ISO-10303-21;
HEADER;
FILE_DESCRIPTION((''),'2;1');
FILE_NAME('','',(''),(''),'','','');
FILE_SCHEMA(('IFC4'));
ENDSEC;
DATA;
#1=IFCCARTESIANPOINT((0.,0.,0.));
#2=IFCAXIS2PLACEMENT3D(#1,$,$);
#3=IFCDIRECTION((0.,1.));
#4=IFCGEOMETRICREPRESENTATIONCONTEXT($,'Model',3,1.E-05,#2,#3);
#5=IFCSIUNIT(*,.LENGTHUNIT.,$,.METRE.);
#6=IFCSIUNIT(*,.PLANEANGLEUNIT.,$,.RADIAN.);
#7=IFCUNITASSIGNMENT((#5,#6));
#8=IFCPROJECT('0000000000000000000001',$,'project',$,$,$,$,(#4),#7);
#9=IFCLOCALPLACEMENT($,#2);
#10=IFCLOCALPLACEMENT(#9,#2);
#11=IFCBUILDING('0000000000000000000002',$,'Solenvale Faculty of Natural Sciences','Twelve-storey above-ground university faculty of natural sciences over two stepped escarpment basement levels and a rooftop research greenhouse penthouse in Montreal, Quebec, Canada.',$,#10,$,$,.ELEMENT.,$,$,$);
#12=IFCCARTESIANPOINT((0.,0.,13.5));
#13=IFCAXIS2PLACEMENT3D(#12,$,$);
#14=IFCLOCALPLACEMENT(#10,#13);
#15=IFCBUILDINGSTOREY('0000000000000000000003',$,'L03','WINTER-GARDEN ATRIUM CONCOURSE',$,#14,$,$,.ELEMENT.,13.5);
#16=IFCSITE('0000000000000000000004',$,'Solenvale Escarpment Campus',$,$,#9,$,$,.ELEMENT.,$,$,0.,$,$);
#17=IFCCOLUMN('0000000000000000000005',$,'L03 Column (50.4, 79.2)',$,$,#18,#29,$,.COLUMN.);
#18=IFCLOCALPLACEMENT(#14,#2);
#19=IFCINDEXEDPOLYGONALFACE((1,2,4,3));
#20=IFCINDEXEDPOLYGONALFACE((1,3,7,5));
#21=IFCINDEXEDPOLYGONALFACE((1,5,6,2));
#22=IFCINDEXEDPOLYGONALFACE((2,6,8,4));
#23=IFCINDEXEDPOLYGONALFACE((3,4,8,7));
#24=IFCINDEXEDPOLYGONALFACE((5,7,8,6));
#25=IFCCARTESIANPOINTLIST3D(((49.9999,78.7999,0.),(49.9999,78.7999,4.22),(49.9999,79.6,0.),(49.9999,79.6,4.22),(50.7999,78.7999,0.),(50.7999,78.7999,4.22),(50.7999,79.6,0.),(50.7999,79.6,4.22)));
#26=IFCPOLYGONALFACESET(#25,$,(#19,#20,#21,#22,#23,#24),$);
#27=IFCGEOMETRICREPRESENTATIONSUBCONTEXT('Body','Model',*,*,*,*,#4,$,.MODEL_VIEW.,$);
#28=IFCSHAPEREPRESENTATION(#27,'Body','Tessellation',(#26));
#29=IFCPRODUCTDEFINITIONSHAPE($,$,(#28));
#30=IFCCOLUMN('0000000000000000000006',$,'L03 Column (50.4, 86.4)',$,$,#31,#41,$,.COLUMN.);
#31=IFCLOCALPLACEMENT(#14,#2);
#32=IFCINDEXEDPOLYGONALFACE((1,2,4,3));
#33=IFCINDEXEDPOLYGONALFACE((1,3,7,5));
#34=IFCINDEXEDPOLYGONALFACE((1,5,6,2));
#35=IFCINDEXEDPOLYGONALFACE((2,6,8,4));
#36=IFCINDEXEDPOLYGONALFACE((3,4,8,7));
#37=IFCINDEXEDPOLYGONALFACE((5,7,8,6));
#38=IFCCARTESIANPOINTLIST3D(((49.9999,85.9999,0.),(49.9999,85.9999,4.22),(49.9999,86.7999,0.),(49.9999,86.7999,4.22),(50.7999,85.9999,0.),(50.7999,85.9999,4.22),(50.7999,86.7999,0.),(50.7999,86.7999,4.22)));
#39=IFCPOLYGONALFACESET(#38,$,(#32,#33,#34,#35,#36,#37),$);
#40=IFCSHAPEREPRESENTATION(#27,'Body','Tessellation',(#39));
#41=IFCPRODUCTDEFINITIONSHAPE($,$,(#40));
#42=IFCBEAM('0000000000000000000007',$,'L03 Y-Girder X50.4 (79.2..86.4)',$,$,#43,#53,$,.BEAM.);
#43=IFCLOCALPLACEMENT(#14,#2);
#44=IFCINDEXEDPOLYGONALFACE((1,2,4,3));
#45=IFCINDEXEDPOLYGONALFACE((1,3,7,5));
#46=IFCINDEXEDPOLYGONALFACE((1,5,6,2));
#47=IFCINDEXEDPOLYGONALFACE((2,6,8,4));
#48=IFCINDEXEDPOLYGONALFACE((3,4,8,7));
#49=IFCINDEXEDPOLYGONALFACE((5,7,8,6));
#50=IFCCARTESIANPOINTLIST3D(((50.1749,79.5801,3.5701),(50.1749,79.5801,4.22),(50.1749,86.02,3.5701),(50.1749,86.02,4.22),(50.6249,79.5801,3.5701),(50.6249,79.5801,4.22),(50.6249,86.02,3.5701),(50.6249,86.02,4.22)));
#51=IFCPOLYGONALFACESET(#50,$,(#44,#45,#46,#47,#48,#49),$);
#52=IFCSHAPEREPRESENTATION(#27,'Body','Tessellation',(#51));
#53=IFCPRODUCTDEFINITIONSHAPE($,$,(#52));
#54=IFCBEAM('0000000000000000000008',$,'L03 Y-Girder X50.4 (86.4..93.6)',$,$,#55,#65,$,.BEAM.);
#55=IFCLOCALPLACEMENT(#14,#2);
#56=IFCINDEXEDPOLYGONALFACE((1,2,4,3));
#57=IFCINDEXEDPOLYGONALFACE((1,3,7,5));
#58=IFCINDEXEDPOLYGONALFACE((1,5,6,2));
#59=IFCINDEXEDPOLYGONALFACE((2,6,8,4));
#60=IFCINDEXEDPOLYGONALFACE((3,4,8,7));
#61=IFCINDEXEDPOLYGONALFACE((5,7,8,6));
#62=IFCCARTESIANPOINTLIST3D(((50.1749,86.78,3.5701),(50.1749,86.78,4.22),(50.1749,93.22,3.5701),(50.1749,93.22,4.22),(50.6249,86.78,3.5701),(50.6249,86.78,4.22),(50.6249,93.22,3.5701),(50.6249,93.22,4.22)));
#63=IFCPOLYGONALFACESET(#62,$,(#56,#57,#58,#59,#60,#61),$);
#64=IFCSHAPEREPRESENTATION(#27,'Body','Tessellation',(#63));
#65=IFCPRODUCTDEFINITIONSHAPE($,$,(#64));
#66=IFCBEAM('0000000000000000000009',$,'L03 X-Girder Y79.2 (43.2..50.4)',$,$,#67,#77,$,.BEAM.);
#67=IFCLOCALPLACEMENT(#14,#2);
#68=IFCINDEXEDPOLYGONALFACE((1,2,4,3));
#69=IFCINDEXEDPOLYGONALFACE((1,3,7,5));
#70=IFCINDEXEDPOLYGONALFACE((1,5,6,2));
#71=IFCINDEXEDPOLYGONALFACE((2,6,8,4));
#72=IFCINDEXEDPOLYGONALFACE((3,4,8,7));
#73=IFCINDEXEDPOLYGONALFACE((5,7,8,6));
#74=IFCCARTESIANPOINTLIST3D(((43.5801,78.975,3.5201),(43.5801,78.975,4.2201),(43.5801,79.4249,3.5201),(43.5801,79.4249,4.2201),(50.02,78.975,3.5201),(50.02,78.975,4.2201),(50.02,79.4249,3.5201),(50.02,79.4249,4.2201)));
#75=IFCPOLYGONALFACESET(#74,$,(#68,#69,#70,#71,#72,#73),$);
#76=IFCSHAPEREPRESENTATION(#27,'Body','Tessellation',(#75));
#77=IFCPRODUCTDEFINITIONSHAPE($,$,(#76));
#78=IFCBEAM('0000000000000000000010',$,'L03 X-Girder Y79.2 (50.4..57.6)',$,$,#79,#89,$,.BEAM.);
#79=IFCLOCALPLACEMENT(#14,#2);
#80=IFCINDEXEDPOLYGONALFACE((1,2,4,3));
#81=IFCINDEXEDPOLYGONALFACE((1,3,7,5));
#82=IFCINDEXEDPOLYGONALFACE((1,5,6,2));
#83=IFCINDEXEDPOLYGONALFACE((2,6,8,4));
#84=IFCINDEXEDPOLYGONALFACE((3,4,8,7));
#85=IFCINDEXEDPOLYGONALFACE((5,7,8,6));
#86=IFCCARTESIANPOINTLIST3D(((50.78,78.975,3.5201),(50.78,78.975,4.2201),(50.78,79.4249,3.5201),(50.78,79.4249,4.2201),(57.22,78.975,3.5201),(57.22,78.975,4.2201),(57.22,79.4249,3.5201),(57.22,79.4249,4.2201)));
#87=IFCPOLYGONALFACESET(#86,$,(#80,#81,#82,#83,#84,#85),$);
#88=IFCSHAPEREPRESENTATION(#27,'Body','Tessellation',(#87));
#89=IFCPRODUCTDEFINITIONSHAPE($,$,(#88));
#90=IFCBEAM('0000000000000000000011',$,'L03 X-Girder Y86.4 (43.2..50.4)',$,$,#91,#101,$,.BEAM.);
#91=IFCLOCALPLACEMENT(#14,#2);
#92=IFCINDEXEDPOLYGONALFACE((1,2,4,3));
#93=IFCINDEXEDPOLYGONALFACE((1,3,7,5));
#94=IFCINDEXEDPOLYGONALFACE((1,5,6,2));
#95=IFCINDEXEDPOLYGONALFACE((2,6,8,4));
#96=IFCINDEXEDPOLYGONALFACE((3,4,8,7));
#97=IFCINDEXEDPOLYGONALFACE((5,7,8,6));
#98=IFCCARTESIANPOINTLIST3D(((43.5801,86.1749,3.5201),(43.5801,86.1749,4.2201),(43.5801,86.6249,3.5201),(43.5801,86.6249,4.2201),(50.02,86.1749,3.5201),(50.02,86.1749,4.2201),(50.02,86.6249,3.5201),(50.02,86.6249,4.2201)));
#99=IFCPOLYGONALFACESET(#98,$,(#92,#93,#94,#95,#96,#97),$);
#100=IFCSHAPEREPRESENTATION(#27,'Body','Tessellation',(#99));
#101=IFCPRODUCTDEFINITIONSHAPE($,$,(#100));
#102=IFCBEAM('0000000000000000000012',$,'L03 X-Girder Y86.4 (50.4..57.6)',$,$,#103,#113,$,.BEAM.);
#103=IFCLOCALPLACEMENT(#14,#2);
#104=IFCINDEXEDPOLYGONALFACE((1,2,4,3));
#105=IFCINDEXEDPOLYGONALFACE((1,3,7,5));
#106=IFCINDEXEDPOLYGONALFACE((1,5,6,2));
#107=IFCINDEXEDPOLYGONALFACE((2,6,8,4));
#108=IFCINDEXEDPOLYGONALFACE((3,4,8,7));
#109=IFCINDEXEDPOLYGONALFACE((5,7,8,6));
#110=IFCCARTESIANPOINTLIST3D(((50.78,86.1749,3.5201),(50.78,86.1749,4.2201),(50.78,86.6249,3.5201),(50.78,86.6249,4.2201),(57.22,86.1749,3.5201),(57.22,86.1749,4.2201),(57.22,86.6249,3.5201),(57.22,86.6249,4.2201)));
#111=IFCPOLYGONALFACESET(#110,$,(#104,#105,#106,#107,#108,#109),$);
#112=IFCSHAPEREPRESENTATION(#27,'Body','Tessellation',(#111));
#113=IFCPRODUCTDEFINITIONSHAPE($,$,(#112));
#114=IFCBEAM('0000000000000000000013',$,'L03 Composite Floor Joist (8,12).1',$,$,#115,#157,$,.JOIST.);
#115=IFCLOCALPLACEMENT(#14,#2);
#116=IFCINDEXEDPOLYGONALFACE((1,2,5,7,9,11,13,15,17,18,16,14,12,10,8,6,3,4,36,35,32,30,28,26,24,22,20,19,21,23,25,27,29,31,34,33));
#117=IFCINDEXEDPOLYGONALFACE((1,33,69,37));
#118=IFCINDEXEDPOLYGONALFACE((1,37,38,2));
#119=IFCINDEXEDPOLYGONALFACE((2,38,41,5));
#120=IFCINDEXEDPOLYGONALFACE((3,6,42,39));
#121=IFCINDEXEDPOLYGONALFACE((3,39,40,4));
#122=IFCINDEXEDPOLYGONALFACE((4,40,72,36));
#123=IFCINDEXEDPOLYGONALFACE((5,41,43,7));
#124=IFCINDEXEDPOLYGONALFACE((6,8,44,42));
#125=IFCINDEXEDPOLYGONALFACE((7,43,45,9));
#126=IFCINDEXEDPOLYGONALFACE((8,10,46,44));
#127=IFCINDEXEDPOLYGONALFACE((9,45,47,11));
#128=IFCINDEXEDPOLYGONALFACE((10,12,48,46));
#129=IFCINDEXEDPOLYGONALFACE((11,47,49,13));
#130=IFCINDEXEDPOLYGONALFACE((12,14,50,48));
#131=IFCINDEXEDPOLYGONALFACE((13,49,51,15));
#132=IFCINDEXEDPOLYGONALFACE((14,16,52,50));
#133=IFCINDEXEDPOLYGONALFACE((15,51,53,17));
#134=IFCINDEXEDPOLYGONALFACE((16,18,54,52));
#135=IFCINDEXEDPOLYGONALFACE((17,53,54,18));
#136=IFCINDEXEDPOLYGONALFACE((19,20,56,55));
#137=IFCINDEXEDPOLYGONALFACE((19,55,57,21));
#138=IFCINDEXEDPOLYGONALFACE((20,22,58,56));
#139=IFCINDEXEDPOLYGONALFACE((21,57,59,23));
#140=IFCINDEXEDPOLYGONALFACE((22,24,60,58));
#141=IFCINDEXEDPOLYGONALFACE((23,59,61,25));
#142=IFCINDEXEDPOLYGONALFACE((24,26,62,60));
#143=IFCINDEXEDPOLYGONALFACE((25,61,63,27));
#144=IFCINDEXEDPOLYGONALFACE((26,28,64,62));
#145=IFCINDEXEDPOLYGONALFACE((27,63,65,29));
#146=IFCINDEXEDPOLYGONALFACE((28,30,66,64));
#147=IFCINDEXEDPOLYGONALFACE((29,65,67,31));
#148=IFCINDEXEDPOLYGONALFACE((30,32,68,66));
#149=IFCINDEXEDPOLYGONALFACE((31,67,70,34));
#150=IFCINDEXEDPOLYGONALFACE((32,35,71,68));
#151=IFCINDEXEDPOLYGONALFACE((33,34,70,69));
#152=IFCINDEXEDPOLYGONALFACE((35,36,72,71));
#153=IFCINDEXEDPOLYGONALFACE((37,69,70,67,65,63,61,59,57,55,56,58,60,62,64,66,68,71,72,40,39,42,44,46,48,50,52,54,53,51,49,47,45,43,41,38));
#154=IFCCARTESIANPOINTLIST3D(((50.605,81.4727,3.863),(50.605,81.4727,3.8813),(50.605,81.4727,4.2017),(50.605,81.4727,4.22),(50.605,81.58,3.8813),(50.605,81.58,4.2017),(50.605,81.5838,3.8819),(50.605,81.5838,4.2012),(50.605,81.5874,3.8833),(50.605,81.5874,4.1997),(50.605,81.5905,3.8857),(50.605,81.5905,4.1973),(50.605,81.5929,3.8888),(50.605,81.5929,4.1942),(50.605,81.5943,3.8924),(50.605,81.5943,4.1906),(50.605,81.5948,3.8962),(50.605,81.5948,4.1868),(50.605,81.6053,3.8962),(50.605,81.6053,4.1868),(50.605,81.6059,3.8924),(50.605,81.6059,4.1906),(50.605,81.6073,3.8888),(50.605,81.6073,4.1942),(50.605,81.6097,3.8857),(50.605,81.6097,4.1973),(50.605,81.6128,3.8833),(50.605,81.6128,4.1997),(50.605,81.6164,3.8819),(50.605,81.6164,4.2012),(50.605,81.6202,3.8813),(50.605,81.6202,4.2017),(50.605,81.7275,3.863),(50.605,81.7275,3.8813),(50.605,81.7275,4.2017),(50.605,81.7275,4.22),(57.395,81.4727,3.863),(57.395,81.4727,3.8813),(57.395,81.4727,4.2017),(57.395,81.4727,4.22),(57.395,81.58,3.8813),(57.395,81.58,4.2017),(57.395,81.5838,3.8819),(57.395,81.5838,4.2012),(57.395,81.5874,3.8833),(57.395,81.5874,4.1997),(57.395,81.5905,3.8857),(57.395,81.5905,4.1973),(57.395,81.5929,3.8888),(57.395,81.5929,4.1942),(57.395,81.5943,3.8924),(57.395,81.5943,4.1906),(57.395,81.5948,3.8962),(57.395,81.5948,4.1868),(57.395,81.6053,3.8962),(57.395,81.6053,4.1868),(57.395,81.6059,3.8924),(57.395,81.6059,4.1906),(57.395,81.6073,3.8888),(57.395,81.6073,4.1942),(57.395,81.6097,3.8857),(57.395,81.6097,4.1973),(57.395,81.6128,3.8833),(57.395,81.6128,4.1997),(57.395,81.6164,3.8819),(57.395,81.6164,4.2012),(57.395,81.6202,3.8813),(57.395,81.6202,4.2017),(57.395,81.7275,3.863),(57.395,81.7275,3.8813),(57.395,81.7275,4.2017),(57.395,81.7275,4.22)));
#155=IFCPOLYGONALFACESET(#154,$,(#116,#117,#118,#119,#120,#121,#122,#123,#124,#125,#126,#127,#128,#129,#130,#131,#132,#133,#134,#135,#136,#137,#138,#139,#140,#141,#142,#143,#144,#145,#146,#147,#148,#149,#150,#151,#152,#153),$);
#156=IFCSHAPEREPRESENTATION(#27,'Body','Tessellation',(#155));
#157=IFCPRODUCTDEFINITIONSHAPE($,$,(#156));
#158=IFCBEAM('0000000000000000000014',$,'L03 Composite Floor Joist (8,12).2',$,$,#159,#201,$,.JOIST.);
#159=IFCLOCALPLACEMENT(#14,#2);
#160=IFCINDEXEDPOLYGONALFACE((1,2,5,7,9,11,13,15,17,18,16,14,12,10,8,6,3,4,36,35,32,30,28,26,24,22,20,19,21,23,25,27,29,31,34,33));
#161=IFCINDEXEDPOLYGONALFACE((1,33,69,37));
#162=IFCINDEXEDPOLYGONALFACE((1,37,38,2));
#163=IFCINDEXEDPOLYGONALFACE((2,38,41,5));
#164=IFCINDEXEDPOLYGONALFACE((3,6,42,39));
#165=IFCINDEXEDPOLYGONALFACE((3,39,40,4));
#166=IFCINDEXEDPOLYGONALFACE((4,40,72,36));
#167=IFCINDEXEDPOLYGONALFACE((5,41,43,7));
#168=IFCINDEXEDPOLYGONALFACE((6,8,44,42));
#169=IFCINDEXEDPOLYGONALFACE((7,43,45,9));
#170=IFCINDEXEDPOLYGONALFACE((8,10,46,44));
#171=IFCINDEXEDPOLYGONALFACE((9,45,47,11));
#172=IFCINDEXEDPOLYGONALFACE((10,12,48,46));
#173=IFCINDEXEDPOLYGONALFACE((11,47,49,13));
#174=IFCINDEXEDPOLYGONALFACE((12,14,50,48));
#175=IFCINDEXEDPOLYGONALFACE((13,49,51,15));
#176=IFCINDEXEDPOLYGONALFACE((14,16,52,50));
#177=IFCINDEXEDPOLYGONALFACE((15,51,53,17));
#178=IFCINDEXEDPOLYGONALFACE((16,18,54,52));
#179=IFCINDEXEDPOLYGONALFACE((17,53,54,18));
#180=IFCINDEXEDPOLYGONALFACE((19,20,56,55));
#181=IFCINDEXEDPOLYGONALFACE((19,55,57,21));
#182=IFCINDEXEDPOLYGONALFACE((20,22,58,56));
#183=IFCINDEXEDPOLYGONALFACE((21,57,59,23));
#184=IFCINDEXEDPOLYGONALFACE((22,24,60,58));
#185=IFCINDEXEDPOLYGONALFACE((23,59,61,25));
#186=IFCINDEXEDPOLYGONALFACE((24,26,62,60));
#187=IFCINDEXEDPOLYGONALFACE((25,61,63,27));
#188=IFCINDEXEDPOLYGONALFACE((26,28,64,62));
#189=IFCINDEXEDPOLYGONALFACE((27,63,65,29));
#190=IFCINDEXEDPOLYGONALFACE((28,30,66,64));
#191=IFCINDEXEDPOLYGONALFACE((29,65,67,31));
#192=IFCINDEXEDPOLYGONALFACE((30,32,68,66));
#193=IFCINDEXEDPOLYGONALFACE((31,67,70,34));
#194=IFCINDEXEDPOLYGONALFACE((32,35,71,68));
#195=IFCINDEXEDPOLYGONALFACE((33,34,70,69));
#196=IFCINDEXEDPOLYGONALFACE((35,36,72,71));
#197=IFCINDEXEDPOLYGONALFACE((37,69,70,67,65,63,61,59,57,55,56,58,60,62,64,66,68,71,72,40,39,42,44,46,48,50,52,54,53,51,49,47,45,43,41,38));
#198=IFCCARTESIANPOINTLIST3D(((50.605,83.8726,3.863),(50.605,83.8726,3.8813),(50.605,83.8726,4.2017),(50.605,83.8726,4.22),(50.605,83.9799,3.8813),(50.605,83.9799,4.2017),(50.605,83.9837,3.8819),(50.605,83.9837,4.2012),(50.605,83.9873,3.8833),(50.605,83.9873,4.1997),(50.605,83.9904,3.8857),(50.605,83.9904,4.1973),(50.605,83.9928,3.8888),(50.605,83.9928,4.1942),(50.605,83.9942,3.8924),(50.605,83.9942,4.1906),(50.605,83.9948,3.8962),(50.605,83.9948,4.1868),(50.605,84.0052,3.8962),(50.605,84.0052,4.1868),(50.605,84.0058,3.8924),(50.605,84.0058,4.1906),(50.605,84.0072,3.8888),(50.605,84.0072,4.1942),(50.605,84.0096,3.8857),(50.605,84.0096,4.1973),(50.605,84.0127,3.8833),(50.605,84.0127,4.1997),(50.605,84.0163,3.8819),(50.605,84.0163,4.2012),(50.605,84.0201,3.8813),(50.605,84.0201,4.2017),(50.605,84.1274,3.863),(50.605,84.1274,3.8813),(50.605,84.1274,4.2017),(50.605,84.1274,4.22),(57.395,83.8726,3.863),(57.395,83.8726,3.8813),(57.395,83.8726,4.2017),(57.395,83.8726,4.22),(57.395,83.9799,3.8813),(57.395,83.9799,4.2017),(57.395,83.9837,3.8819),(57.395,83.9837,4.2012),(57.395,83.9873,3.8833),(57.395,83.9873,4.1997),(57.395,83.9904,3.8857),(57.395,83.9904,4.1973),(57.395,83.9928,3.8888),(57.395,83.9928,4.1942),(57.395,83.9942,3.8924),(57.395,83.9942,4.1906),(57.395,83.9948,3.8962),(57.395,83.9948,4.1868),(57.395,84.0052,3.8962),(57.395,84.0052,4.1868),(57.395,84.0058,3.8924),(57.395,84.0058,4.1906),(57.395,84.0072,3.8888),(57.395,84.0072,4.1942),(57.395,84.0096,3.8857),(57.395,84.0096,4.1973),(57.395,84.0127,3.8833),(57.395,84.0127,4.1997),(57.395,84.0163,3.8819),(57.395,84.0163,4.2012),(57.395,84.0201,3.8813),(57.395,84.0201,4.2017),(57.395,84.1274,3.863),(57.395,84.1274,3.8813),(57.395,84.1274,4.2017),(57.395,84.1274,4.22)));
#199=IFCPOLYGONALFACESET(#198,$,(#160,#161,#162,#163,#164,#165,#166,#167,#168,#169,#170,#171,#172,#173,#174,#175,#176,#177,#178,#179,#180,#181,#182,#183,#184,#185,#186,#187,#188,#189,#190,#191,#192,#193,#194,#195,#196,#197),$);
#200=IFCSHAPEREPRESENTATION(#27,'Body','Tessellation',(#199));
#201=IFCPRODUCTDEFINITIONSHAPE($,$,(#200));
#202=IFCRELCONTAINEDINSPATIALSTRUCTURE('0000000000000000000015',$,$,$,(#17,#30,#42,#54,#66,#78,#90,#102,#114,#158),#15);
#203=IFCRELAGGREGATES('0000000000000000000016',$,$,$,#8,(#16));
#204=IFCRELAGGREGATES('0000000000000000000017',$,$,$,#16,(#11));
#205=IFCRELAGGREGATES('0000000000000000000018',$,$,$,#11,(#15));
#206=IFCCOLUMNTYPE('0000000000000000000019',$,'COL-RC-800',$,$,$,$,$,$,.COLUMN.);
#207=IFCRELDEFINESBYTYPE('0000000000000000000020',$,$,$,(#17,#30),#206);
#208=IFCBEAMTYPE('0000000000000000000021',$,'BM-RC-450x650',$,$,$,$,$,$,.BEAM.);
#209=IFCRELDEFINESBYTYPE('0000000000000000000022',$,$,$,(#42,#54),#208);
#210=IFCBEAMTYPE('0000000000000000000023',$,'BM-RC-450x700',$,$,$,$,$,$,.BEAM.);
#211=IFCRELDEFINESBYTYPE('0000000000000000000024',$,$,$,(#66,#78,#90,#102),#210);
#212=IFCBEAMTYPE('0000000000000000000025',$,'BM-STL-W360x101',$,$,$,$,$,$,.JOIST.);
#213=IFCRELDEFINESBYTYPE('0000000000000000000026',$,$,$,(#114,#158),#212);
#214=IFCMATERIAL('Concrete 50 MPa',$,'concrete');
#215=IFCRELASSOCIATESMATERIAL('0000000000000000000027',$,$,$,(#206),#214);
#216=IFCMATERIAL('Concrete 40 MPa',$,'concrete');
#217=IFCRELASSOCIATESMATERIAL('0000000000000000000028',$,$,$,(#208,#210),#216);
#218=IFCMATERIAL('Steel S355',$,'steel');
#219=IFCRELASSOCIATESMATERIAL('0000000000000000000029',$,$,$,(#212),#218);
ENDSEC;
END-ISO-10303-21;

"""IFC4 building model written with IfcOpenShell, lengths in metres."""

from ifc_helpers import new_model, si_unit, direction, frame, origin, origin_2d, place, context, subcontext, project, spatial, rectangle, i_section, extrude, material, material_profile, profile_set, type_object, element, save


model = new_model("IFC4")

# Units and contexts
model_context = context("Model", 3, precision=1e-05, world=origin(), true_north=direction((0.0, 1.0)))
body_context = subcontext(model_context, "Body", "Model", "MODEL_VIEW")
ifc_project = project(units=[si_unit("LENGTHUNIT", "METRE"), si_unit("PLANEANGLEUNIT", "RADIAN")], contexts=[model_context])

# Site, building, storey
site_placement = place(None, origin())
site = spatial("IfcSite", under=ifc_project, at=site_placement, Name="Solenvale Escarpment Campus", CompositionType="ELEMENT", RefElevation=0.0)
building_placement = place(site_placement, origin())
building = spatial("IfcBuilding", under=site, at=building_placement, Name="Solenvale Faculty of Natural Sciences", Description="Twelve-storey above-ground university faculty of natural sciences over two stepped escarpment basement levels and a rooftop research greenhouse penthouse in Montreal, Quebec, Canada.", CompositionType="ELEMENT")
storey_placement = place(building_placement, frame((0.0, 0.0, 13.5)))
storey = spatial("IfcBuildingStorey", under=building, at=storey_placement, Name="L03", Description="WINTER-GARDEN ATRIUM CONCOURSE", CompositionType="ELEMENT", Elevation=13.5)

# Columns
ifc_material_1 = material(Name="Concrete 50 MPa", Category="concrete")
ifc_material_profile_1 = material_profile(ifc_material_1, rectangle(XDim=0.8, YDim=0.8, at=origin_2d()), Name="RC-COL-800x800")
ifc_profile_set_1 = profile_set([ifc_material_profile_1], Name="Concrete 50 MPa")
column_type = type_object("IfcColumnType", Name="COL-RC-800", PredefinedType="COLUMN", material=ifc_profile_set_1)
for number, where, z_axis, x_axis, name in (
    (1, (50.3999, 79.2, 0.0), (0.0, 0.0, 1.0), (1.0, 0.0, 0.0), "L03 Column (50.4, 79.2)"),
    (2, (50.3999, 86.3999, 0.0), (0.0, 0.0, 1.0), (1.0, 0.0, 0.0), "L03 Column (50.4, 86.4)"),
):
    element("IfcColumn", number, at=place(storey_placement, frame(where, z_axis=z_axis, x_axis=x_axis)), inside=storey, type_object=column_type, Name=name, PredefinedType="COLUMN", context=body_context, shape_type="SweptSolid", body=[
        extrude(rectangle(XDim=0.8, YDim=0.8, at=origin_2d()), origin(), (0.0, 0.0, 1.0), 4.22),
    ])

# Beams
ifc_material_2 = material(Name="Concrete 40 MPa", Category="concrete")
ifc_material_profile_2 = material_profile(ifc_material_2, rectangle(XDim=0.45, YDim=0.6499, at=origin_2d()), Name="RC-BM-450x650")
ifc_profile_set_2 = profile_set([ifc_material_profile_2], Name="Concrete 40 MPa")
beam_type_1 = type_object("IfcBeamType", Name="BM-RC-450x650", PredefinedType="BEAM", material=ifc_profile_set_2)
for number, where, z_axis, x_axis, name in (
    (3, (50.3999, 79.5801, 3.895), (0.0, 1.0, 0.0), (-1.0, 0.0, 0.0), "L03 Y-Girder X50.4 (79.2..86.4)"),
    (4, (50.3999, 86.78, 3.895), (0.0, 1.0, 0.0), (-1.0, 0.0, 0.0), "L03 Y-Girder X50.4 (86.4..93.6)"),
):
    element("IfcBeam", number, at=place(storey_placement, frame(where, z_axis=z_axis, x_axis=x_axis)), inside=storey, type_object=beam_type_1, Name=name, PredefinedType="BEAM", context=body_context, shape_type="SweptSolid", body=[
        extrude(rectangle(XDim=0.45, YDim=0.6499, at=origin_2d()), origin(), (0.0, 0.0, 1.0), 6.4399),
    ])
ifc_material_profile_3 = material_profile(ifc_material_2, rectangle(XDim=0.45, YDim=0.7, at=origin_2d()), Name="RC-BM-450x700")
ifc_profile_set_3 = profile_set([ifc_material_profile_3], Name="Concrete 40 MPa")
beam_type_2 = type_object("IfcBeamType", Name="BM-RC-450x700", PredefinedType="BEAM", material=ifc_profile_set_3)
for number, where, z_axis, x_axis, name in (
    (5, (43.5801, 79.2, 3.8701), (1.0, 0.0, 0.0), (0.0, 1.0, 0.0), "L03 X-Girder Y79.2 (43.2..50.4)"),
    (6, (50.78, 79.2, 3.8701), (1.0, 0.0, 0.0), (0.0, 1.0, 0.0), "L03 X-Girder Y79.2 (50.4..57.6)"),
    (7, (43.5801, 86.3999, 3.8701), (1.0, 0.0, 0.0), (0.0, 1.0, 0.0), "L03 X-Girder Y86.4 (43.2..50.4)"),
    (8, (50.78, 86.3999, 3.8701), (1.0, 0.0, 0.0), (0.0, 1.0, 0.0), "L03 X-Girder Y86.4 (50.4..57.6)"),
):
    element("IfcBeam", number, at=place(storey_placement, frame(where, z_axis=z_axis, x_axis=x_axis)), inside=storey, type_object=beam_type_2, Name=name, PredefinedType="BEAM", context=body_context, shape_type="SweptSolid", body=[
        extrude(rectangle(XDim=0.45, YDim=0.7, at=origin_2d()), origin(), (0.0, 0.0, 1.0), 6.4399),
    ])
ifc_material_3 = material(Name="Steel S355", Category="steel")
ifc_material_profile_4 = material_profile(ifc_material_3, i_section(OverallWidth=0.2549, OverallDepth=0.3569, WebThickness=0.0105, FlangeThickness=0.0183, FilletRadius=0.0149, at=origin_2d()), Name="W360x101")
ifc_profile_set_4 = profile_set([ifc_material_profile_4], Name="Steel S355")
beam_type_3 = type_object("IfcBeamType", Name="BM-STL-W360x101", PredefinedType="JOIST", material=ifc_profile_set_4)
for number, where, z_axis, x_axis, name in (
    (9, (50.605, 81.6001, 4.0415), (1.0, 0.0, 0.0), (0.0, 1.0, 0.0), "L03 Composite Floor Joist (8,12).1"),
    (10, (50.605, 84.0, 4.0415), (1.0, 0.0, 0.0), (0.0, 1.0, 0.0), "L03 Composite Floor Joist (8,12).2"),
):
    element("IfcBeam", number, at=place(storey_placement, frame(where, z_axis=z_axis, x_axis=x_axis)), inside=storey, type_object=beam_type_3, Name=name, PredefinedType="JOIST", context=body_context, shape_type="SweptSolid", body=[
        extrude(i_section(OverallWidth=0.2549, OverallDepth=0.3569, WebThickness=0.0105, FlangeThickness=0.0183, FilletRadius=0.0149, at=origin_2d()), origin(), (0.0, 0.0, 1.0), 6.79),
    ])

save(model, "model.ifc")
